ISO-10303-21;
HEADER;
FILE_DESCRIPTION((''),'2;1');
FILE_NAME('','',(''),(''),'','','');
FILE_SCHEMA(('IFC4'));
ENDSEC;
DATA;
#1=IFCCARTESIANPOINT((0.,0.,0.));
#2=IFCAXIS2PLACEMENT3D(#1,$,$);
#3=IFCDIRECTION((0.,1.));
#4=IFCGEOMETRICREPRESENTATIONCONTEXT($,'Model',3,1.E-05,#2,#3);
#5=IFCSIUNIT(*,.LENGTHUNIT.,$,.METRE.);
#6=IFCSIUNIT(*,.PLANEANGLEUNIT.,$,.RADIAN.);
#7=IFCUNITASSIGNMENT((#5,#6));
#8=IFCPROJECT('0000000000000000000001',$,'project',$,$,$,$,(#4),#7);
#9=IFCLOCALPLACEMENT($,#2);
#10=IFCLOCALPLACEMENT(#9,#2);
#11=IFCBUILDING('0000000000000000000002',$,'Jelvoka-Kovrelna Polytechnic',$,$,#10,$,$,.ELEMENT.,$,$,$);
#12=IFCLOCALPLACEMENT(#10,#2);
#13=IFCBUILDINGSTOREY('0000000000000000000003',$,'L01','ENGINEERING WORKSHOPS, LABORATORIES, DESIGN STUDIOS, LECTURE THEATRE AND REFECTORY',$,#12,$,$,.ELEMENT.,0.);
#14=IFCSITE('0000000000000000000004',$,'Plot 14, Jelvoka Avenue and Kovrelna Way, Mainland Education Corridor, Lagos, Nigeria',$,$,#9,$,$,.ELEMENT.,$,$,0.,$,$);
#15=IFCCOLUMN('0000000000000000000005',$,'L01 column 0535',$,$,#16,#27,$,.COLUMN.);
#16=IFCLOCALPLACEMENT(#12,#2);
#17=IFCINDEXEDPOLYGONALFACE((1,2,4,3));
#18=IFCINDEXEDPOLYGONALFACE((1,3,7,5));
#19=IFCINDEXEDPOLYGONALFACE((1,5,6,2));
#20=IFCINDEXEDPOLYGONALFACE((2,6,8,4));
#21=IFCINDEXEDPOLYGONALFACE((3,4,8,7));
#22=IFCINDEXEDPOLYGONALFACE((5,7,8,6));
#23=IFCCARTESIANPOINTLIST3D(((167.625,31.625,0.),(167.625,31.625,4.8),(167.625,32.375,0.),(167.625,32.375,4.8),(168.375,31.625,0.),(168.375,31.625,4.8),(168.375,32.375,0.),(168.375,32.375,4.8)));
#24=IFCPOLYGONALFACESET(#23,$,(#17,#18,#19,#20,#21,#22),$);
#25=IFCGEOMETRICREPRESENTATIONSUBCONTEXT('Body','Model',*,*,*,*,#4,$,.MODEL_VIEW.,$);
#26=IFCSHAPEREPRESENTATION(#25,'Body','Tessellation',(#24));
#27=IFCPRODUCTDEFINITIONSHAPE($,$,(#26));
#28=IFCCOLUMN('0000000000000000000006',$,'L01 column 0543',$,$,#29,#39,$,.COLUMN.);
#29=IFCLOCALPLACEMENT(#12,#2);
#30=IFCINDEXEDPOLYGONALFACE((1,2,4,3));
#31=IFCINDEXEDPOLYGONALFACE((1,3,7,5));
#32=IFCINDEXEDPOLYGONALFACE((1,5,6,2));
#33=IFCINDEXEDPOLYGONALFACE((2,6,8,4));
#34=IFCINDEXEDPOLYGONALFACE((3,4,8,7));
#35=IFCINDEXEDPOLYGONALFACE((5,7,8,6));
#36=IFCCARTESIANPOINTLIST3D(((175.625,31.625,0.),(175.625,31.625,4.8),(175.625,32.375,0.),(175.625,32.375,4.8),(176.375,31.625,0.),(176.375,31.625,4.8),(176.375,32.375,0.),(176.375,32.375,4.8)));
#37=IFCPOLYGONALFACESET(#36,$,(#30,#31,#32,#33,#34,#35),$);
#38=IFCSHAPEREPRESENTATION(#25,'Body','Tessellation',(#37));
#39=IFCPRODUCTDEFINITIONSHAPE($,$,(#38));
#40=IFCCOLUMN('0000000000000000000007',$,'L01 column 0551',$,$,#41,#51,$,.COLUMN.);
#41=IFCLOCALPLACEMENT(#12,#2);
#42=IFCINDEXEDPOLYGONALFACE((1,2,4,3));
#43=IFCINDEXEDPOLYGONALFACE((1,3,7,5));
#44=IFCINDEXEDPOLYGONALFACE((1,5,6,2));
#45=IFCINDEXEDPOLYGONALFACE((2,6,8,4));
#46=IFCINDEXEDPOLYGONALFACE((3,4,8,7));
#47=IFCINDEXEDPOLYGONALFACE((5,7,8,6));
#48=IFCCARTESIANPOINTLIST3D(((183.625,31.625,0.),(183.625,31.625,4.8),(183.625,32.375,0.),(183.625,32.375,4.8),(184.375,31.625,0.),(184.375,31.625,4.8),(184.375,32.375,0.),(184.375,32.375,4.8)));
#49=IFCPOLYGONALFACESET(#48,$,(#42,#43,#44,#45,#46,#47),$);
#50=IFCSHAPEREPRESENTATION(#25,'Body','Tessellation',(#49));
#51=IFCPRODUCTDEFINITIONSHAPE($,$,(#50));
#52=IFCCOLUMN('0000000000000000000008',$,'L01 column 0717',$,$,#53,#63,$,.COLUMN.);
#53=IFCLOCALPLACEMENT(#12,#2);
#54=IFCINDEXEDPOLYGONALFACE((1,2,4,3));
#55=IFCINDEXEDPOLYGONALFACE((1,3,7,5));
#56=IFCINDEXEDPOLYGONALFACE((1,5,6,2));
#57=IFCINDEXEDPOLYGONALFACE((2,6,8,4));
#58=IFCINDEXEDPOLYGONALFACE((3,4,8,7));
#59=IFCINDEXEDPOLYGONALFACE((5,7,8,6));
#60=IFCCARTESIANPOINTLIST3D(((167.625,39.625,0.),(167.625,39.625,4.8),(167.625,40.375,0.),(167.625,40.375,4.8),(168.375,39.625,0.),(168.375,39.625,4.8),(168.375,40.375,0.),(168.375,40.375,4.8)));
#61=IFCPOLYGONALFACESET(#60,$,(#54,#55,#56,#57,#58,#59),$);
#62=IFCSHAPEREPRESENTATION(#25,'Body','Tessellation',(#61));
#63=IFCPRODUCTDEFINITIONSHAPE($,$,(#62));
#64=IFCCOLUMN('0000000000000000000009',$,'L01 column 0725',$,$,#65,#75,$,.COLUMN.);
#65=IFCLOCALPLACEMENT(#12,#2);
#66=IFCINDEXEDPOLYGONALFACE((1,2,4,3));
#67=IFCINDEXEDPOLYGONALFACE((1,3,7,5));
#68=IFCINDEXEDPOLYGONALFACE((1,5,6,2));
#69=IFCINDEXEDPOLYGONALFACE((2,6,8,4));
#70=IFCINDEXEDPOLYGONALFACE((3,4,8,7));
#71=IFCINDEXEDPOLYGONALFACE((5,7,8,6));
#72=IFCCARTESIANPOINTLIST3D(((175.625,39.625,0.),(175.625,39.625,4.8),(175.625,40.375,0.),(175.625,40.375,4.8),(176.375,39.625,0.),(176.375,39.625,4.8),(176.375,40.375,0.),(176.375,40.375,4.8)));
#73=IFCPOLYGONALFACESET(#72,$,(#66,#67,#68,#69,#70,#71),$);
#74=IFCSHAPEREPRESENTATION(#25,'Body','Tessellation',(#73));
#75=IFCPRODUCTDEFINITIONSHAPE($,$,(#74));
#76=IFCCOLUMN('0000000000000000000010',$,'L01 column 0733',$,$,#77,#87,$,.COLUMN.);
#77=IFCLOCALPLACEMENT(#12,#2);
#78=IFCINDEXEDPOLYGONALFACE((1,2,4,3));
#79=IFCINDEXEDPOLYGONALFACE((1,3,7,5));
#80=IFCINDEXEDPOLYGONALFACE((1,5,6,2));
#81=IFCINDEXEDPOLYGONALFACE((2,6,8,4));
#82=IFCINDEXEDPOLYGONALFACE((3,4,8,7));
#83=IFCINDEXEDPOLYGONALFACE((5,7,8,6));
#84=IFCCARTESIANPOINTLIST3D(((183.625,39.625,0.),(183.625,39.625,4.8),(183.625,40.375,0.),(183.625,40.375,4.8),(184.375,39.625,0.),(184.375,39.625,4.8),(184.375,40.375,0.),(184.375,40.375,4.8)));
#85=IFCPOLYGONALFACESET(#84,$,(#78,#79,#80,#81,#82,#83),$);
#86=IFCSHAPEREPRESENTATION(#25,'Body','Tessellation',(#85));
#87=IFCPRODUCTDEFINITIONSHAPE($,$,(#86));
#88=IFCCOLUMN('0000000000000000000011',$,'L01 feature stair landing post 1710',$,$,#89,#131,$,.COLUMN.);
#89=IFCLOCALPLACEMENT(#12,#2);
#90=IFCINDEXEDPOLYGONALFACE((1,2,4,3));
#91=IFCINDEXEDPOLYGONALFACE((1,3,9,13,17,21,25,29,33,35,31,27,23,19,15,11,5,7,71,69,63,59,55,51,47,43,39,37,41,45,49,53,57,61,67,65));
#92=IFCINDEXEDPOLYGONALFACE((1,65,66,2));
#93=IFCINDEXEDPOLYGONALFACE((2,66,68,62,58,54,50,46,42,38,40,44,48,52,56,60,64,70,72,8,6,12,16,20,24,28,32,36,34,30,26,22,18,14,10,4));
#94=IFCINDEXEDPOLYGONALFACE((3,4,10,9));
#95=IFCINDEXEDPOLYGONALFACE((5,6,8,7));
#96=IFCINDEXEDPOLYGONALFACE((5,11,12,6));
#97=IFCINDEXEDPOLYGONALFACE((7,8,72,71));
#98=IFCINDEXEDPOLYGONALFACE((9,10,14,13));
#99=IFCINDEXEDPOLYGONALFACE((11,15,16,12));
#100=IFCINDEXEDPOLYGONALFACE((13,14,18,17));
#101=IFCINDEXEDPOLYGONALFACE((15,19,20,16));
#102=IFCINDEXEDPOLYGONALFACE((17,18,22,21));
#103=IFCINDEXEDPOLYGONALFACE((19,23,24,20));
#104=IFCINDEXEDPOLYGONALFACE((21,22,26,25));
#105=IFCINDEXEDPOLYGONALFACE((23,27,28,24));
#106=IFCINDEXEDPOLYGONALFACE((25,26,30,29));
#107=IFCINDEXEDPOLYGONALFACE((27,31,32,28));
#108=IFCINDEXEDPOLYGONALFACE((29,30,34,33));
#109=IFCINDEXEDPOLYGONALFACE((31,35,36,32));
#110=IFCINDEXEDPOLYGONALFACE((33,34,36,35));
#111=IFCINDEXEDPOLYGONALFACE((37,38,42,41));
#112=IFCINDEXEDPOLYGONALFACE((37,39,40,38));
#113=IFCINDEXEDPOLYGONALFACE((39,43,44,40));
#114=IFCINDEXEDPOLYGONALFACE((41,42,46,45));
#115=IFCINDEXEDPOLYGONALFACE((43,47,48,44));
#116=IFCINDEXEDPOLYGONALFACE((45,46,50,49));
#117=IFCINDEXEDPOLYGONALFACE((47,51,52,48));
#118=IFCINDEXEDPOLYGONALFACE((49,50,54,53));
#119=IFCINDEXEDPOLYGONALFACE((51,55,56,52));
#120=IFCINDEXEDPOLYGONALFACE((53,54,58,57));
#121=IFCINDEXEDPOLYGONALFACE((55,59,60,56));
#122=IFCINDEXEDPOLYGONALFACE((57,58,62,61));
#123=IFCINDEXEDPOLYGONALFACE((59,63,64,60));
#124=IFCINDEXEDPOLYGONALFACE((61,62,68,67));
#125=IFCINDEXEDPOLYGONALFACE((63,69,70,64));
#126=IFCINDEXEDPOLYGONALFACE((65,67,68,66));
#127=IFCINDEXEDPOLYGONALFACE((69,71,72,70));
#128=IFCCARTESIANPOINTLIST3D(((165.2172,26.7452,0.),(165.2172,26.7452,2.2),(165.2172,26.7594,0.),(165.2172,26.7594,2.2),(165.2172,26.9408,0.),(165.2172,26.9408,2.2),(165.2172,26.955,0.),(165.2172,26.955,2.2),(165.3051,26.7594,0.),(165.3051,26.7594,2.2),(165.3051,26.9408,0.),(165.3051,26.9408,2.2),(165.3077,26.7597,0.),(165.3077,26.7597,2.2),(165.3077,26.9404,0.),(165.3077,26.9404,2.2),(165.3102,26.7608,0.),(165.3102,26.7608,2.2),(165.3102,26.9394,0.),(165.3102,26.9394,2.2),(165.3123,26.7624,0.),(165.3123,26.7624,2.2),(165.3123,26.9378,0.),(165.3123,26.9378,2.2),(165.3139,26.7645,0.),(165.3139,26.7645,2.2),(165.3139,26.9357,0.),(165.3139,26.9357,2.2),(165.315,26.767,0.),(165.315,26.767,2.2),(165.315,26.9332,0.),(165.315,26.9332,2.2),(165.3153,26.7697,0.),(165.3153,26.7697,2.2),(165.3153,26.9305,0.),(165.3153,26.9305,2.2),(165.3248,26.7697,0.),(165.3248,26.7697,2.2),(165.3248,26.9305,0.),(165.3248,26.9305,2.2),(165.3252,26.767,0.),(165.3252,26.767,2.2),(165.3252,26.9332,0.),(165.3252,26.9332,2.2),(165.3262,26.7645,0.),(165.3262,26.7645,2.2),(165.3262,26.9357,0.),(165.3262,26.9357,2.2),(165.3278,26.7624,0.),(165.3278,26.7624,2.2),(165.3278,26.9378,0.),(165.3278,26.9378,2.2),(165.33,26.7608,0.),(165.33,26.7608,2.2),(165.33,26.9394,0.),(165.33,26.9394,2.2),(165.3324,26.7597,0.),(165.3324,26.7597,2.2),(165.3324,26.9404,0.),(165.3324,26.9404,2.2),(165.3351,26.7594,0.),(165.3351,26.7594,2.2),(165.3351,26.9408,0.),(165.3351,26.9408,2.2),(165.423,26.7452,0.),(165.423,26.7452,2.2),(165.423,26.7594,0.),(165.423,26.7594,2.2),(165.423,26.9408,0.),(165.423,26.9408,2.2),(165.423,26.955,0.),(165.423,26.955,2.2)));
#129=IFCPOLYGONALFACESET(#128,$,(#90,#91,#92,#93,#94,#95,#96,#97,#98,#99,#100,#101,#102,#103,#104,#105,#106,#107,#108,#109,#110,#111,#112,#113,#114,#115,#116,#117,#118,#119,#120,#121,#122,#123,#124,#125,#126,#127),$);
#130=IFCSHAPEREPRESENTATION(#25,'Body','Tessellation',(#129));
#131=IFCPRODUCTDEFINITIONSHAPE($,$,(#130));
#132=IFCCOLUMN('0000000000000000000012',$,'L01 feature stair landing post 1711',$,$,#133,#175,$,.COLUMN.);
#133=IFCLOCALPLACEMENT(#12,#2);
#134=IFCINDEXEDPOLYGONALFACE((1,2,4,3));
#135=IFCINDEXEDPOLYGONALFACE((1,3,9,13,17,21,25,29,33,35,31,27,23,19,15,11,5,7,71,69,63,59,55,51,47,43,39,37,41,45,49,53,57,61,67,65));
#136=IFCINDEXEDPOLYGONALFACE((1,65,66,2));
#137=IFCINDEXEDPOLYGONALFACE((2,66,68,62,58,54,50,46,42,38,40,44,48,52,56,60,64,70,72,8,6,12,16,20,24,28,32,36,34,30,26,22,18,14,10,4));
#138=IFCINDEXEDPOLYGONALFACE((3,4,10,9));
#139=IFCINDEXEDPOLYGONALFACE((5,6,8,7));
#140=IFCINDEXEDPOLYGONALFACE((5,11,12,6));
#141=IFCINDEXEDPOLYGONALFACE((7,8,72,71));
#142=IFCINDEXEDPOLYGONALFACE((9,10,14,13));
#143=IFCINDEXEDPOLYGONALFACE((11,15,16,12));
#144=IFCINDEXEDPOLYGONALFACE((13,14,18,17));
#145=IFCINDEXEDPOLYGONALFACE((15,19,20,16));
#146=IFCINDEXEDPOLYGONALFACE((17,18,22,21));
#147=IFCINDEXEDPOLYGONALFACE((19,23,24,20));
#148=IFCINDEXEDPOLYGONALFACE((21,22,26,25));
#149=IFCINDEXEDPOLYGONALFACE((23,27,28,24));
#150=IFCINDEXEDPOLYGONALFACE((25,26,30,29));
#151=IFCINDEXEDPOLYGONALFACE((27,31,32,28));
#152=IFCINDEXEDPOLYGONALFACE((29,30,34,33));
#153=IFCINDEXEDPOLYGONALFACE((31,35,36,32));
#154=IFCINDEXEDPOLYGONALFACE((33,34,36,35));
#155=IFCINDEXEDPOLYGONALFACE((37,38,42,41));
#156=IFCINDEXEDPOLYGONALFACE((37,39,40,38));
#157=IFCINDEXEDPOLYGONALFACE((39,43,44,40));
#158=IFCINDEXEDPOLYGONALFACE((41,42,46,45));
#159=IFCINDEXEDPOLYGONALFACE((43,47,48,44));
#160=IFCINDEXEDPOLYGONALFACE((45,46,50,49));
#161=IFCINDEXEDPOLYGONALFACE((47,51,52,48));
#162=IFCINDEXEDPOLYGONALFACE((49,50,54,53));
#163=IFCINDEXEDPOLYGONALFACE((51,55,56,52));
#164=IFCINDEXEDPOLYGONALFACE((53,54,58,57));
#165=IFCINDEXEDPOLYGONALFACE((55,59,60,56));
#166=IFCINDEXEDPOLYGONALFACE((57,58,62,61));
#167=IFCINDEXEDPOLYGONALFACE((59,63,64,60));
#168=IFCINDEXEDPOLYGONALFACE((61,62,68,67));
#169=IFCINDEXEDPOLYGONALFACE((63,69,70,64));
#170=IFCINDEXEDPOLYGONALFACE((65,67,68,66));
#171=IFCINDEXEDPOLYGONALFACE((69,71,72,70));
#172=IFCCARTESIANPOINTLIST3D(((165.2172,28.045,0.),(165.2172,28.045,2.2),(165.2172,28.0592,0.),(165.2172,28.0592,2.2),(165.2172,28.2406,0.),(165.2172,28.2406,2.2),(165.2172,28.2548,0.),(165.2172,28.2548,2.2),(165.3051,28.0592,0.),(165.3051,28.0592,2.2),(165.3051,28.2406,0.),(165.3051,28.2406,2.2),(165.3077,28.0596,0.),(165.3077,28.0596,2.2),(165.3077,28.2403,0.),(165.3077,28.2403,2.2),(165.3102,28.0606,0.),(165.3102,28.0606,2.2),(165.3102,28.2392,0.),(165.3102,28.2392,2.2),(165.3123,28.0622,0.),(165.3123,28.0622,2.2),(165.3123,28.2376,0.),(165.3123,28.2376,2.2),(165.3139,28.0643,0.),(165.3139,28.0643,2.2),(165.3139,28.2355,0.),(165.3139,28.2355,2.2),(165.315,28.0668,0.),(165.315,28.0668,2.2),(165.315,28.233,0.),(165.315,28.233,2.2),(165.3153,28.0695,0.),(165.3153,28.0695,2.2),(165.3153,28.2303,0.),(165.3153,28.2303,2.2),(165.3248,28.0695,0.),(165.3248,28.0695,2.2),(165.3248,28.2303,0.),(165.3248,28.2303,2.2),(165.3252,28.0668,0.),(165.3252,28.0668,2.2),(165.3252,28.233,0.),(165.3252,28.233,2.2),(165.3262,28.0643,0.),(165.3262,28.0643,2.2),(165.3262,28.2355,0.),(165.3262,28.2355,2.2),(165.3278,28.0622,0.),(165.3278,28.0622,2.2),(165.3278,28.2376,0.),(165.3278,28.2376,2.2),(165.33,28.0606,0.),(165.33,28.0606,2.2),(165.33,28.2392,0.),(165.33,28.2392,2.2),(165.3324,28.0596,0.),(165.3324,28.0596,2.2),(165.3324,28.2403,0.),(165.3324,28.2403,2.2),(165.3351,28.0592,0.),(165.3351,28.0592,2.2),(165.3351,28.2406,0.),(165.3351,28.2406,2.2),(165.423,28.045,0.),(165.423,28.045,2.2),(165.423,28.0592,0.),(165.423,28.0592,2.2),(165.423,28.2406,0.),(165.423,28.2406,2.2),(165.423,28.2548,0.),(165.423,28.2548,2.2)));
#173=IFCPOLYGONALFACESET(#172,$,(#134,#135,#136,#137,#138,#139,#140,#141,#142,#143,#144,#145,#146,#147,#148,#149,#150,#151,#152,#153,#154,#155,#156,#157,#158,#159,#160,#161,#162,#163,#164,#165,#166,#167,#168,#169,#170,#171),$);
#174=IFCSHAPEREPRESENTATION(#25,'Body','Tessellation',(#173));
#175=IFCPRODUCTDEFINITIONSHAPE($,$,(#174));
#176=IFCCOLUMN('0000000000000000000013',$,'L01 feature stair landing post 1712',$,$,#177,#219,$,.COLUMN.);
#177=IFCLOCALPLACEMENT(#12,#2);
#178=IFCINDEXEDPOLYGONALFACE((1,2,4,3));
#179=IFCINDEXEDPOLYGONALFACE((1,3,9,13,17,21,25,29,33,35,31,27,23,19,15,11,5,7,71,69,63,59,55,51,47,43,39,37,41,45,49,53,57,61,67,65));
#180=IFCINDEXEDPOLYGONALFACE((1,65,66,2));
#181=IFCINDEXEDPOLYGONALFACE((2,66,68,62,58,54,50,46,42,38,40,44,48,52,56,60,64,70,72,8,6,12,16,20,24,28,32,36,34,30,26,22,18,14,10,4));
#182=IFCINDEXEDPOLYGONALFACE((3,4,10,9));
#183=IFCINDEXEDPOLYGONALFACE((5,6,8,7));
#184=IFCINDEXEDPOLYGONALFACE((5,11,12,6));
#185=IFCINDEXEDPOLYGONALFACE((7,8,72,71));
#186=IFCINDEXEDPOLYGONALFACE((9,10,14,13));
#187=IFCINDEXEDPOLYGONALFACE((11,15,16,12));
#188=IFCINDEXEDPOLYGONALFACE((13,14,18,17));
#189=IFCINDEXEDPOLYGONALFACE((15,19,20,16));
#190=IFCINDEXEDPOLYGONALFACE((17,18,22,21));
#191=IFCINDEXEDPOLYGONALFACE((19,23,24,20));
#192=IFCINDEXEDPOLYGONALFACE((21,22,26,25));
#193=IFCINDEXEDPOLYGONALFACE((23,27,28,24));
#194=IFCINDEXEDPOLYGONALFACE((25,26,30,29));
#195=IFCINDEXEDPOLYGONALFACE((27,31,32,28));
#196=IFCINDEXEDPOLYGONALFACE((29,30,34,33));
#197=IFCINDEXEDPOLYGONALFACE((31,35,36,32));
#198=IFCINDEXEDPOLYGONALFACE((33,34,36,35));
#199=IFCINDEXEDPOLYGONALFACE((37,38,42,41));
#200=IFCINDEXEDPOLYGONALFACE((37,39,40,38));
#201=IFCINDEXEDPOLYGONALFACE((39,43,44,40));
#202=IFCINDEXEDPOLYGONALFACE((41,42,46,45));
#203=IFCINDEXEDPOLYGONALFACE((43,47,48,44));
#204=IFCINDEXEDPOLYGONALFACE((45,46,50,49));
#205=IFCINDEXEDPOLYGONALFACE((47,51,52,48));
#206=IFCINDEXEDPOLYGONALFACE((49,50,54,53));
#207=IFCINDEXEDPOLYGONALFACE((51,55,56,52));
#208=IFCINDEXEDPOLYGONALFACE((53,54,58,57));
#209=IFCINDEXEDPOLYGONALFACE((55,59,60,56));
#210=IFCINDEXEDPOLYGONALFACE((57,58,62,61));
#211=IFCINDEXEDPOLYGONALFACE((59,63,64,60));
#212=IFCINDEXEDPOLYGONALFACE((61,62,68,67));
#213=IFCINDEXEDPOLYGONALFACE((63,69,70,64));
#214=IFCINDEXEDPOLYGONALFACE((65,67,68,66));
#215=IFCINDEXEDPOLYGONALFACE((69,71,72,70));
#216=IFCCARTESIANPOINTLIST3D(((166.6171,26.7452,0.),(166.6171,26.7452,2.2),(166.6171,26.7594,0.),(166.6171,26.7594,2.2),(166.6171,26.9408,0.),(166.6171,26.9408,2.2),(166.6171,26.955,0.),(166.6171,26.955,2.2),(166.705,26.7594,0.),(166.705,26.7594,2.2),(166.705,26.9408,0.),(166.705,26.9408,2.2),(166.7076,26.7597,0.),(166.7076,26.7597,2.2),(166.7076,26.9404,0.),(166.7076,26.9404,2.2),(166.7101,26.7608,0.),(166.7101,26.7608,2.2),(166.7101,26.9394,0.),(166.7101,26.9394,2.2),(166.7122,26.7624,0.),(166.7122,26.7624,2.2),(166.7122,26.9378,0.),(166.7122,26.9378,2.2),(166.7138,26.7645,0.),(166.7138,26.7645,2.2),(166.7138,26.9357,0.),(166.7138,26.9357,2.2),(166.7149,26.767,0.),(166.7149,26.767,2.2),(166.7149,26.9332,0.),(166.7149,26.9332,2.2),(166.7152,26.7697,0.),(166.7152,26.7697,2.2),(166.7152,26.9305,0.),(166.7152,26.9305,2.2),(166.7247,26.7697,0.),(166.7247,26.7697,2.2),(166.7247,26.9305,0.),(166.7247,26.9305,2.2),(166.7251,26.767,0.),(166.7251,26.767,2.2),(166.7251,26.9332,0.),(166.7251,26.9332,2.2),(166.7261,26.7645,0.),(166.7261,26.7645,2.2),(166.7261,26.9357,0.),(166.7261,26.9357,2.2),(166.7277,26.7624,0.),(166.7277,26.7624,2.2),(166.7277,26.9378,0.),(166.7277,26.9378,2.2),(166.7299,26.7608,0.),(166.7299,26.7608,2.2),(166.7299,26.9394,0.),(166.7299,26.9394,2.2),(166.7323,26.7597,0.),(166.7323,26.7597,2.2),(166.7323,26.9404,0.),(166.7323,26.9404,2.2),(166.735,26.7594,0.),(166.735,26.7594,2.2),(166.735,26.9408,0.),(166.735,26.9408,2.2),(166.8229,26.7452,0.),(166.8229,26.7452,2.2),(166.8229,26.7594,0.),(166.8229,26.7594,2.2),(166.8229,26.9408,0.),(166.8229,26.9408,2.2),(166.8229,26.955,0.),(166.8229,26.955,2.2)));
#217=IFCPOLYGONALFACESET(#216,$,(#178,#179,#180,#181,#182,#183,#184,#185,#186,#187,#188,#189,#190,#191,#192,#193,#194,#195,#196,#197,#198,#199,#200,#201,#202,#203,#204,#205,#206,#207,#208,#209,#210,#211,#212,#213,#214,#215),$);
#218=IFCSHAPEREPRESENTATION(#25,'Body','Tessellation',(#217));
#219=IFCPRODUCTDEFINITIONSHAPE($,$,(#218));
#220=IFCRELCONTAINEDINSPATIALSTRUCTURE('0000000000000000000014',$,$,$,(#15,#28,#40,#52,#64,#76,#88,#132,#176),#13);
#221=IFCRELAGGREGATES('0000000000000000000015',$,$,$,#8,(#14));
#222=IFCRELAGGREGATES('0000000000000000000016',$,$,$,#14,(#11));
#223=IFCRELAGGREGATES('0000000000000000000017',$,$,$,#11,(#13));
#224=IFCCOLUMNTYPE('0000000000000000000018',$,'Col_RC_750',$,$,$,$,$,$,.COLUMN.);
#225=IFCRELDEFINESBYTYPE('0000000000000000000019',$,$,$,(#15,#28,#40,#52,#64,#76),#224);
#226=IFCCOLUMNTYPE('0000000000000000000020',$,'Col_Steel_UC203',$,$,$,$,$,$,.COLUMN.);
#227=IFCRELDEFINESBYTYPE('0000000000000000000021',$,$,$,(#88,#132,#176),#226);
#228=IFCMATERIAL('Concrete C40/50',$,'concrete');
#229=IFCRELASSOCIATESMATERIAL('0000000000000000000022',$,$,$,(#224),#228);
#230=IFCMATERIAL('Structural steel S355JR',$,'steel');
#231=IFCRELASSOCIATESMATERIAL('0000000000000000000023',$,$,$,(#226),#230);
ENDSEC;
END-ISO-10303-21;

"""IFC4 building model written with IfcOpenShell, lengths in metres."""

from ifc_helpers import new_model, si_unit, direction, frame, origin, origin_2d, place, context, subcontext, project, spatial, rectangle, i_section, extrude, material, material_profile, profile_set, type_object, element, save


model = new_model("IFC4")

# Units and contexts
model_context = context("Model", 3, precision=1e-05, world=origin(), true_north=direction((0.0, 1.0)))
body_context = subcontext(model_context, "Body", "Model", "MODEL_VIEW")
ifc_project = project(units=[si_unit("LENGTHUNIT", "METRE"), si_unit("PLANEANGLEUNIT", "RADIAN")], contexts=[model_context])

# Site, building, storey
site_placement = place(None, origin())
site = spatial("IfcSite", under=ifc_project, at=site_placement, Name="Plot 14, Jelvoka Avenue and Kovrelna Way, Mainland Education Corridor, Lagos, Nigeria", CompositionType="ELEMENT", RefElevation=0.0)
building_placement = place(site_placement, origin())
building = spatial("IfcBuilding", under=site, at=building_placement, Name="Jelvoka-Kovrelna Polytechnic", CompositionType="ELEMENT")
storey_placement = place(building_placement, origin())
storey = spatial("IfcBuildingStorey", under=building, at=storey_placement, Name="L01", Description="ENGINEERING WORKSHOPS, LABORATORIES, DESIGN STUDIOS, LECTURE THEATRE AND REFECTORY", CompositionType="ELEMENT", Elevation=0.0)

# Columns
ifc_material_1 = material(Name="Concrete C40/50", Category="concrete")
ifc_material_profile_1 = material_profile(ifc_material_1, rectangle(XDim=0.75, YDim=0.75, at=origin_2d()), Name="RC 750x750")
ifc_profile_set_1 = profile_set([ifc_material_profile_1], Name="Concrete C40/50")
column_type_1 = type_object("IfcColumnType", Name="Col_RC_750", PredefinedType="COLUMN", material=ifc_profile_set_1)
for number, where, z_axis, x_axis, name in (
    (1, (168.0, 32.0, 0.0), (0.0, 0.0, 1.0), (1.0, 0.0, 0.0), "L01 column 0535"),
    (2, (176.0, 32.0, 0.0), (0.0, 0.0, 1.0), (1.0, 0.0, 0.0), "L01 column 0543"),
    (3, (184.0, 32.0, 0.0), (0.0, 0.0, 1.0), (1.0, 0.0, 0.0), "L01 column 0551"),
    (4, (168.0, 40.0, 0.0), (0.0, 0.0, 1.0), (1.0, 0.0, 0.0), "L01 column 0717"),
    (5, (176.0, 40.0, 0.0), (0.0, 0.0, 1.0), (1.0, 0.0, 0.0), "L01 column 0725"),
    (6, (184.0, 40.0, 0.0), (0.0, 0.0, 1.0), (1.0, 0.0, 0.0), "L01 column 0733"),
):
    element("IfcColumn", number, at=place(storey_placement, frame(where, z_axis=z_axis, x_axis=x_axis)), inside=storey, type_object=column_type_1, Name=name, PredefinedType="COLUMN", context=body_context, shape_type="SweptSolid", body=[
        extrude(rectangle(XDim=0.75, YDim=0.75, at=origin_2d()), origin(), (0.0, 0.0, 1.0), 4.8),
    ])
ifc_material_2 = material(Name="Structural steel S355JR", Category="steel")
ifc_material_profile_2 = material_profile(ifc_material_2, i_section(OverallWidth=0.2058, OverallDepth=0.2097, WebThickness=0.0095, FlangeThickness=0.0142, FilletRadius=0.0103, at=origin_2d()), Name="203x203x60 UC")
ifc_profile_set_2 = profile_set([ifc_material_profile_2], Name="Structural steel S355JR")
column_type_2 = type_object("IfcColumnType", Name="Col_Steel_UC203", PredefinedType="COLUMN", material=ifc_profile_set_2)
for number, where, z_axis, x_axis, name in (
    (7, (165.3201, 26.8501, 0.0), (0.0, 0.0, 1.0), (1.0, 0.0, 0.0), "L01 feature stair landing post 1710"),
    (8, (165.3201, 28.1499, 0.0), (0.0, 0.0, 1.0), (1.0, 0.0, 0.0), "L01 feature stair landing post 1711"),
    (9, (166.72, 26.8501, 0.0), (0.0, 0.0, 1.0), (1.0, 0.0, 0.0), "L01 feature stair landing post 1712"),
):
    element("IfcColumn", number, at=place(storey_placement, frame(where, z_axis=z_axis, x_axis=x_axis)), inside=storey, type_object=column_type_2, Name=name, PredefinedType="COLUMN", context=body_context, shape_type="SweptSolid", body=[
        extrude(i_section(OverallWidth=0.2058, OverallDepth=0.2097, WebThickness=0.0095, FlangeThickness=0.0142, FilletRadius=0.0103, at=origin_2d()), origin(), (0.0, 0.0, 1.0), 2.2),
    ])

save(model, "model.ifc")
